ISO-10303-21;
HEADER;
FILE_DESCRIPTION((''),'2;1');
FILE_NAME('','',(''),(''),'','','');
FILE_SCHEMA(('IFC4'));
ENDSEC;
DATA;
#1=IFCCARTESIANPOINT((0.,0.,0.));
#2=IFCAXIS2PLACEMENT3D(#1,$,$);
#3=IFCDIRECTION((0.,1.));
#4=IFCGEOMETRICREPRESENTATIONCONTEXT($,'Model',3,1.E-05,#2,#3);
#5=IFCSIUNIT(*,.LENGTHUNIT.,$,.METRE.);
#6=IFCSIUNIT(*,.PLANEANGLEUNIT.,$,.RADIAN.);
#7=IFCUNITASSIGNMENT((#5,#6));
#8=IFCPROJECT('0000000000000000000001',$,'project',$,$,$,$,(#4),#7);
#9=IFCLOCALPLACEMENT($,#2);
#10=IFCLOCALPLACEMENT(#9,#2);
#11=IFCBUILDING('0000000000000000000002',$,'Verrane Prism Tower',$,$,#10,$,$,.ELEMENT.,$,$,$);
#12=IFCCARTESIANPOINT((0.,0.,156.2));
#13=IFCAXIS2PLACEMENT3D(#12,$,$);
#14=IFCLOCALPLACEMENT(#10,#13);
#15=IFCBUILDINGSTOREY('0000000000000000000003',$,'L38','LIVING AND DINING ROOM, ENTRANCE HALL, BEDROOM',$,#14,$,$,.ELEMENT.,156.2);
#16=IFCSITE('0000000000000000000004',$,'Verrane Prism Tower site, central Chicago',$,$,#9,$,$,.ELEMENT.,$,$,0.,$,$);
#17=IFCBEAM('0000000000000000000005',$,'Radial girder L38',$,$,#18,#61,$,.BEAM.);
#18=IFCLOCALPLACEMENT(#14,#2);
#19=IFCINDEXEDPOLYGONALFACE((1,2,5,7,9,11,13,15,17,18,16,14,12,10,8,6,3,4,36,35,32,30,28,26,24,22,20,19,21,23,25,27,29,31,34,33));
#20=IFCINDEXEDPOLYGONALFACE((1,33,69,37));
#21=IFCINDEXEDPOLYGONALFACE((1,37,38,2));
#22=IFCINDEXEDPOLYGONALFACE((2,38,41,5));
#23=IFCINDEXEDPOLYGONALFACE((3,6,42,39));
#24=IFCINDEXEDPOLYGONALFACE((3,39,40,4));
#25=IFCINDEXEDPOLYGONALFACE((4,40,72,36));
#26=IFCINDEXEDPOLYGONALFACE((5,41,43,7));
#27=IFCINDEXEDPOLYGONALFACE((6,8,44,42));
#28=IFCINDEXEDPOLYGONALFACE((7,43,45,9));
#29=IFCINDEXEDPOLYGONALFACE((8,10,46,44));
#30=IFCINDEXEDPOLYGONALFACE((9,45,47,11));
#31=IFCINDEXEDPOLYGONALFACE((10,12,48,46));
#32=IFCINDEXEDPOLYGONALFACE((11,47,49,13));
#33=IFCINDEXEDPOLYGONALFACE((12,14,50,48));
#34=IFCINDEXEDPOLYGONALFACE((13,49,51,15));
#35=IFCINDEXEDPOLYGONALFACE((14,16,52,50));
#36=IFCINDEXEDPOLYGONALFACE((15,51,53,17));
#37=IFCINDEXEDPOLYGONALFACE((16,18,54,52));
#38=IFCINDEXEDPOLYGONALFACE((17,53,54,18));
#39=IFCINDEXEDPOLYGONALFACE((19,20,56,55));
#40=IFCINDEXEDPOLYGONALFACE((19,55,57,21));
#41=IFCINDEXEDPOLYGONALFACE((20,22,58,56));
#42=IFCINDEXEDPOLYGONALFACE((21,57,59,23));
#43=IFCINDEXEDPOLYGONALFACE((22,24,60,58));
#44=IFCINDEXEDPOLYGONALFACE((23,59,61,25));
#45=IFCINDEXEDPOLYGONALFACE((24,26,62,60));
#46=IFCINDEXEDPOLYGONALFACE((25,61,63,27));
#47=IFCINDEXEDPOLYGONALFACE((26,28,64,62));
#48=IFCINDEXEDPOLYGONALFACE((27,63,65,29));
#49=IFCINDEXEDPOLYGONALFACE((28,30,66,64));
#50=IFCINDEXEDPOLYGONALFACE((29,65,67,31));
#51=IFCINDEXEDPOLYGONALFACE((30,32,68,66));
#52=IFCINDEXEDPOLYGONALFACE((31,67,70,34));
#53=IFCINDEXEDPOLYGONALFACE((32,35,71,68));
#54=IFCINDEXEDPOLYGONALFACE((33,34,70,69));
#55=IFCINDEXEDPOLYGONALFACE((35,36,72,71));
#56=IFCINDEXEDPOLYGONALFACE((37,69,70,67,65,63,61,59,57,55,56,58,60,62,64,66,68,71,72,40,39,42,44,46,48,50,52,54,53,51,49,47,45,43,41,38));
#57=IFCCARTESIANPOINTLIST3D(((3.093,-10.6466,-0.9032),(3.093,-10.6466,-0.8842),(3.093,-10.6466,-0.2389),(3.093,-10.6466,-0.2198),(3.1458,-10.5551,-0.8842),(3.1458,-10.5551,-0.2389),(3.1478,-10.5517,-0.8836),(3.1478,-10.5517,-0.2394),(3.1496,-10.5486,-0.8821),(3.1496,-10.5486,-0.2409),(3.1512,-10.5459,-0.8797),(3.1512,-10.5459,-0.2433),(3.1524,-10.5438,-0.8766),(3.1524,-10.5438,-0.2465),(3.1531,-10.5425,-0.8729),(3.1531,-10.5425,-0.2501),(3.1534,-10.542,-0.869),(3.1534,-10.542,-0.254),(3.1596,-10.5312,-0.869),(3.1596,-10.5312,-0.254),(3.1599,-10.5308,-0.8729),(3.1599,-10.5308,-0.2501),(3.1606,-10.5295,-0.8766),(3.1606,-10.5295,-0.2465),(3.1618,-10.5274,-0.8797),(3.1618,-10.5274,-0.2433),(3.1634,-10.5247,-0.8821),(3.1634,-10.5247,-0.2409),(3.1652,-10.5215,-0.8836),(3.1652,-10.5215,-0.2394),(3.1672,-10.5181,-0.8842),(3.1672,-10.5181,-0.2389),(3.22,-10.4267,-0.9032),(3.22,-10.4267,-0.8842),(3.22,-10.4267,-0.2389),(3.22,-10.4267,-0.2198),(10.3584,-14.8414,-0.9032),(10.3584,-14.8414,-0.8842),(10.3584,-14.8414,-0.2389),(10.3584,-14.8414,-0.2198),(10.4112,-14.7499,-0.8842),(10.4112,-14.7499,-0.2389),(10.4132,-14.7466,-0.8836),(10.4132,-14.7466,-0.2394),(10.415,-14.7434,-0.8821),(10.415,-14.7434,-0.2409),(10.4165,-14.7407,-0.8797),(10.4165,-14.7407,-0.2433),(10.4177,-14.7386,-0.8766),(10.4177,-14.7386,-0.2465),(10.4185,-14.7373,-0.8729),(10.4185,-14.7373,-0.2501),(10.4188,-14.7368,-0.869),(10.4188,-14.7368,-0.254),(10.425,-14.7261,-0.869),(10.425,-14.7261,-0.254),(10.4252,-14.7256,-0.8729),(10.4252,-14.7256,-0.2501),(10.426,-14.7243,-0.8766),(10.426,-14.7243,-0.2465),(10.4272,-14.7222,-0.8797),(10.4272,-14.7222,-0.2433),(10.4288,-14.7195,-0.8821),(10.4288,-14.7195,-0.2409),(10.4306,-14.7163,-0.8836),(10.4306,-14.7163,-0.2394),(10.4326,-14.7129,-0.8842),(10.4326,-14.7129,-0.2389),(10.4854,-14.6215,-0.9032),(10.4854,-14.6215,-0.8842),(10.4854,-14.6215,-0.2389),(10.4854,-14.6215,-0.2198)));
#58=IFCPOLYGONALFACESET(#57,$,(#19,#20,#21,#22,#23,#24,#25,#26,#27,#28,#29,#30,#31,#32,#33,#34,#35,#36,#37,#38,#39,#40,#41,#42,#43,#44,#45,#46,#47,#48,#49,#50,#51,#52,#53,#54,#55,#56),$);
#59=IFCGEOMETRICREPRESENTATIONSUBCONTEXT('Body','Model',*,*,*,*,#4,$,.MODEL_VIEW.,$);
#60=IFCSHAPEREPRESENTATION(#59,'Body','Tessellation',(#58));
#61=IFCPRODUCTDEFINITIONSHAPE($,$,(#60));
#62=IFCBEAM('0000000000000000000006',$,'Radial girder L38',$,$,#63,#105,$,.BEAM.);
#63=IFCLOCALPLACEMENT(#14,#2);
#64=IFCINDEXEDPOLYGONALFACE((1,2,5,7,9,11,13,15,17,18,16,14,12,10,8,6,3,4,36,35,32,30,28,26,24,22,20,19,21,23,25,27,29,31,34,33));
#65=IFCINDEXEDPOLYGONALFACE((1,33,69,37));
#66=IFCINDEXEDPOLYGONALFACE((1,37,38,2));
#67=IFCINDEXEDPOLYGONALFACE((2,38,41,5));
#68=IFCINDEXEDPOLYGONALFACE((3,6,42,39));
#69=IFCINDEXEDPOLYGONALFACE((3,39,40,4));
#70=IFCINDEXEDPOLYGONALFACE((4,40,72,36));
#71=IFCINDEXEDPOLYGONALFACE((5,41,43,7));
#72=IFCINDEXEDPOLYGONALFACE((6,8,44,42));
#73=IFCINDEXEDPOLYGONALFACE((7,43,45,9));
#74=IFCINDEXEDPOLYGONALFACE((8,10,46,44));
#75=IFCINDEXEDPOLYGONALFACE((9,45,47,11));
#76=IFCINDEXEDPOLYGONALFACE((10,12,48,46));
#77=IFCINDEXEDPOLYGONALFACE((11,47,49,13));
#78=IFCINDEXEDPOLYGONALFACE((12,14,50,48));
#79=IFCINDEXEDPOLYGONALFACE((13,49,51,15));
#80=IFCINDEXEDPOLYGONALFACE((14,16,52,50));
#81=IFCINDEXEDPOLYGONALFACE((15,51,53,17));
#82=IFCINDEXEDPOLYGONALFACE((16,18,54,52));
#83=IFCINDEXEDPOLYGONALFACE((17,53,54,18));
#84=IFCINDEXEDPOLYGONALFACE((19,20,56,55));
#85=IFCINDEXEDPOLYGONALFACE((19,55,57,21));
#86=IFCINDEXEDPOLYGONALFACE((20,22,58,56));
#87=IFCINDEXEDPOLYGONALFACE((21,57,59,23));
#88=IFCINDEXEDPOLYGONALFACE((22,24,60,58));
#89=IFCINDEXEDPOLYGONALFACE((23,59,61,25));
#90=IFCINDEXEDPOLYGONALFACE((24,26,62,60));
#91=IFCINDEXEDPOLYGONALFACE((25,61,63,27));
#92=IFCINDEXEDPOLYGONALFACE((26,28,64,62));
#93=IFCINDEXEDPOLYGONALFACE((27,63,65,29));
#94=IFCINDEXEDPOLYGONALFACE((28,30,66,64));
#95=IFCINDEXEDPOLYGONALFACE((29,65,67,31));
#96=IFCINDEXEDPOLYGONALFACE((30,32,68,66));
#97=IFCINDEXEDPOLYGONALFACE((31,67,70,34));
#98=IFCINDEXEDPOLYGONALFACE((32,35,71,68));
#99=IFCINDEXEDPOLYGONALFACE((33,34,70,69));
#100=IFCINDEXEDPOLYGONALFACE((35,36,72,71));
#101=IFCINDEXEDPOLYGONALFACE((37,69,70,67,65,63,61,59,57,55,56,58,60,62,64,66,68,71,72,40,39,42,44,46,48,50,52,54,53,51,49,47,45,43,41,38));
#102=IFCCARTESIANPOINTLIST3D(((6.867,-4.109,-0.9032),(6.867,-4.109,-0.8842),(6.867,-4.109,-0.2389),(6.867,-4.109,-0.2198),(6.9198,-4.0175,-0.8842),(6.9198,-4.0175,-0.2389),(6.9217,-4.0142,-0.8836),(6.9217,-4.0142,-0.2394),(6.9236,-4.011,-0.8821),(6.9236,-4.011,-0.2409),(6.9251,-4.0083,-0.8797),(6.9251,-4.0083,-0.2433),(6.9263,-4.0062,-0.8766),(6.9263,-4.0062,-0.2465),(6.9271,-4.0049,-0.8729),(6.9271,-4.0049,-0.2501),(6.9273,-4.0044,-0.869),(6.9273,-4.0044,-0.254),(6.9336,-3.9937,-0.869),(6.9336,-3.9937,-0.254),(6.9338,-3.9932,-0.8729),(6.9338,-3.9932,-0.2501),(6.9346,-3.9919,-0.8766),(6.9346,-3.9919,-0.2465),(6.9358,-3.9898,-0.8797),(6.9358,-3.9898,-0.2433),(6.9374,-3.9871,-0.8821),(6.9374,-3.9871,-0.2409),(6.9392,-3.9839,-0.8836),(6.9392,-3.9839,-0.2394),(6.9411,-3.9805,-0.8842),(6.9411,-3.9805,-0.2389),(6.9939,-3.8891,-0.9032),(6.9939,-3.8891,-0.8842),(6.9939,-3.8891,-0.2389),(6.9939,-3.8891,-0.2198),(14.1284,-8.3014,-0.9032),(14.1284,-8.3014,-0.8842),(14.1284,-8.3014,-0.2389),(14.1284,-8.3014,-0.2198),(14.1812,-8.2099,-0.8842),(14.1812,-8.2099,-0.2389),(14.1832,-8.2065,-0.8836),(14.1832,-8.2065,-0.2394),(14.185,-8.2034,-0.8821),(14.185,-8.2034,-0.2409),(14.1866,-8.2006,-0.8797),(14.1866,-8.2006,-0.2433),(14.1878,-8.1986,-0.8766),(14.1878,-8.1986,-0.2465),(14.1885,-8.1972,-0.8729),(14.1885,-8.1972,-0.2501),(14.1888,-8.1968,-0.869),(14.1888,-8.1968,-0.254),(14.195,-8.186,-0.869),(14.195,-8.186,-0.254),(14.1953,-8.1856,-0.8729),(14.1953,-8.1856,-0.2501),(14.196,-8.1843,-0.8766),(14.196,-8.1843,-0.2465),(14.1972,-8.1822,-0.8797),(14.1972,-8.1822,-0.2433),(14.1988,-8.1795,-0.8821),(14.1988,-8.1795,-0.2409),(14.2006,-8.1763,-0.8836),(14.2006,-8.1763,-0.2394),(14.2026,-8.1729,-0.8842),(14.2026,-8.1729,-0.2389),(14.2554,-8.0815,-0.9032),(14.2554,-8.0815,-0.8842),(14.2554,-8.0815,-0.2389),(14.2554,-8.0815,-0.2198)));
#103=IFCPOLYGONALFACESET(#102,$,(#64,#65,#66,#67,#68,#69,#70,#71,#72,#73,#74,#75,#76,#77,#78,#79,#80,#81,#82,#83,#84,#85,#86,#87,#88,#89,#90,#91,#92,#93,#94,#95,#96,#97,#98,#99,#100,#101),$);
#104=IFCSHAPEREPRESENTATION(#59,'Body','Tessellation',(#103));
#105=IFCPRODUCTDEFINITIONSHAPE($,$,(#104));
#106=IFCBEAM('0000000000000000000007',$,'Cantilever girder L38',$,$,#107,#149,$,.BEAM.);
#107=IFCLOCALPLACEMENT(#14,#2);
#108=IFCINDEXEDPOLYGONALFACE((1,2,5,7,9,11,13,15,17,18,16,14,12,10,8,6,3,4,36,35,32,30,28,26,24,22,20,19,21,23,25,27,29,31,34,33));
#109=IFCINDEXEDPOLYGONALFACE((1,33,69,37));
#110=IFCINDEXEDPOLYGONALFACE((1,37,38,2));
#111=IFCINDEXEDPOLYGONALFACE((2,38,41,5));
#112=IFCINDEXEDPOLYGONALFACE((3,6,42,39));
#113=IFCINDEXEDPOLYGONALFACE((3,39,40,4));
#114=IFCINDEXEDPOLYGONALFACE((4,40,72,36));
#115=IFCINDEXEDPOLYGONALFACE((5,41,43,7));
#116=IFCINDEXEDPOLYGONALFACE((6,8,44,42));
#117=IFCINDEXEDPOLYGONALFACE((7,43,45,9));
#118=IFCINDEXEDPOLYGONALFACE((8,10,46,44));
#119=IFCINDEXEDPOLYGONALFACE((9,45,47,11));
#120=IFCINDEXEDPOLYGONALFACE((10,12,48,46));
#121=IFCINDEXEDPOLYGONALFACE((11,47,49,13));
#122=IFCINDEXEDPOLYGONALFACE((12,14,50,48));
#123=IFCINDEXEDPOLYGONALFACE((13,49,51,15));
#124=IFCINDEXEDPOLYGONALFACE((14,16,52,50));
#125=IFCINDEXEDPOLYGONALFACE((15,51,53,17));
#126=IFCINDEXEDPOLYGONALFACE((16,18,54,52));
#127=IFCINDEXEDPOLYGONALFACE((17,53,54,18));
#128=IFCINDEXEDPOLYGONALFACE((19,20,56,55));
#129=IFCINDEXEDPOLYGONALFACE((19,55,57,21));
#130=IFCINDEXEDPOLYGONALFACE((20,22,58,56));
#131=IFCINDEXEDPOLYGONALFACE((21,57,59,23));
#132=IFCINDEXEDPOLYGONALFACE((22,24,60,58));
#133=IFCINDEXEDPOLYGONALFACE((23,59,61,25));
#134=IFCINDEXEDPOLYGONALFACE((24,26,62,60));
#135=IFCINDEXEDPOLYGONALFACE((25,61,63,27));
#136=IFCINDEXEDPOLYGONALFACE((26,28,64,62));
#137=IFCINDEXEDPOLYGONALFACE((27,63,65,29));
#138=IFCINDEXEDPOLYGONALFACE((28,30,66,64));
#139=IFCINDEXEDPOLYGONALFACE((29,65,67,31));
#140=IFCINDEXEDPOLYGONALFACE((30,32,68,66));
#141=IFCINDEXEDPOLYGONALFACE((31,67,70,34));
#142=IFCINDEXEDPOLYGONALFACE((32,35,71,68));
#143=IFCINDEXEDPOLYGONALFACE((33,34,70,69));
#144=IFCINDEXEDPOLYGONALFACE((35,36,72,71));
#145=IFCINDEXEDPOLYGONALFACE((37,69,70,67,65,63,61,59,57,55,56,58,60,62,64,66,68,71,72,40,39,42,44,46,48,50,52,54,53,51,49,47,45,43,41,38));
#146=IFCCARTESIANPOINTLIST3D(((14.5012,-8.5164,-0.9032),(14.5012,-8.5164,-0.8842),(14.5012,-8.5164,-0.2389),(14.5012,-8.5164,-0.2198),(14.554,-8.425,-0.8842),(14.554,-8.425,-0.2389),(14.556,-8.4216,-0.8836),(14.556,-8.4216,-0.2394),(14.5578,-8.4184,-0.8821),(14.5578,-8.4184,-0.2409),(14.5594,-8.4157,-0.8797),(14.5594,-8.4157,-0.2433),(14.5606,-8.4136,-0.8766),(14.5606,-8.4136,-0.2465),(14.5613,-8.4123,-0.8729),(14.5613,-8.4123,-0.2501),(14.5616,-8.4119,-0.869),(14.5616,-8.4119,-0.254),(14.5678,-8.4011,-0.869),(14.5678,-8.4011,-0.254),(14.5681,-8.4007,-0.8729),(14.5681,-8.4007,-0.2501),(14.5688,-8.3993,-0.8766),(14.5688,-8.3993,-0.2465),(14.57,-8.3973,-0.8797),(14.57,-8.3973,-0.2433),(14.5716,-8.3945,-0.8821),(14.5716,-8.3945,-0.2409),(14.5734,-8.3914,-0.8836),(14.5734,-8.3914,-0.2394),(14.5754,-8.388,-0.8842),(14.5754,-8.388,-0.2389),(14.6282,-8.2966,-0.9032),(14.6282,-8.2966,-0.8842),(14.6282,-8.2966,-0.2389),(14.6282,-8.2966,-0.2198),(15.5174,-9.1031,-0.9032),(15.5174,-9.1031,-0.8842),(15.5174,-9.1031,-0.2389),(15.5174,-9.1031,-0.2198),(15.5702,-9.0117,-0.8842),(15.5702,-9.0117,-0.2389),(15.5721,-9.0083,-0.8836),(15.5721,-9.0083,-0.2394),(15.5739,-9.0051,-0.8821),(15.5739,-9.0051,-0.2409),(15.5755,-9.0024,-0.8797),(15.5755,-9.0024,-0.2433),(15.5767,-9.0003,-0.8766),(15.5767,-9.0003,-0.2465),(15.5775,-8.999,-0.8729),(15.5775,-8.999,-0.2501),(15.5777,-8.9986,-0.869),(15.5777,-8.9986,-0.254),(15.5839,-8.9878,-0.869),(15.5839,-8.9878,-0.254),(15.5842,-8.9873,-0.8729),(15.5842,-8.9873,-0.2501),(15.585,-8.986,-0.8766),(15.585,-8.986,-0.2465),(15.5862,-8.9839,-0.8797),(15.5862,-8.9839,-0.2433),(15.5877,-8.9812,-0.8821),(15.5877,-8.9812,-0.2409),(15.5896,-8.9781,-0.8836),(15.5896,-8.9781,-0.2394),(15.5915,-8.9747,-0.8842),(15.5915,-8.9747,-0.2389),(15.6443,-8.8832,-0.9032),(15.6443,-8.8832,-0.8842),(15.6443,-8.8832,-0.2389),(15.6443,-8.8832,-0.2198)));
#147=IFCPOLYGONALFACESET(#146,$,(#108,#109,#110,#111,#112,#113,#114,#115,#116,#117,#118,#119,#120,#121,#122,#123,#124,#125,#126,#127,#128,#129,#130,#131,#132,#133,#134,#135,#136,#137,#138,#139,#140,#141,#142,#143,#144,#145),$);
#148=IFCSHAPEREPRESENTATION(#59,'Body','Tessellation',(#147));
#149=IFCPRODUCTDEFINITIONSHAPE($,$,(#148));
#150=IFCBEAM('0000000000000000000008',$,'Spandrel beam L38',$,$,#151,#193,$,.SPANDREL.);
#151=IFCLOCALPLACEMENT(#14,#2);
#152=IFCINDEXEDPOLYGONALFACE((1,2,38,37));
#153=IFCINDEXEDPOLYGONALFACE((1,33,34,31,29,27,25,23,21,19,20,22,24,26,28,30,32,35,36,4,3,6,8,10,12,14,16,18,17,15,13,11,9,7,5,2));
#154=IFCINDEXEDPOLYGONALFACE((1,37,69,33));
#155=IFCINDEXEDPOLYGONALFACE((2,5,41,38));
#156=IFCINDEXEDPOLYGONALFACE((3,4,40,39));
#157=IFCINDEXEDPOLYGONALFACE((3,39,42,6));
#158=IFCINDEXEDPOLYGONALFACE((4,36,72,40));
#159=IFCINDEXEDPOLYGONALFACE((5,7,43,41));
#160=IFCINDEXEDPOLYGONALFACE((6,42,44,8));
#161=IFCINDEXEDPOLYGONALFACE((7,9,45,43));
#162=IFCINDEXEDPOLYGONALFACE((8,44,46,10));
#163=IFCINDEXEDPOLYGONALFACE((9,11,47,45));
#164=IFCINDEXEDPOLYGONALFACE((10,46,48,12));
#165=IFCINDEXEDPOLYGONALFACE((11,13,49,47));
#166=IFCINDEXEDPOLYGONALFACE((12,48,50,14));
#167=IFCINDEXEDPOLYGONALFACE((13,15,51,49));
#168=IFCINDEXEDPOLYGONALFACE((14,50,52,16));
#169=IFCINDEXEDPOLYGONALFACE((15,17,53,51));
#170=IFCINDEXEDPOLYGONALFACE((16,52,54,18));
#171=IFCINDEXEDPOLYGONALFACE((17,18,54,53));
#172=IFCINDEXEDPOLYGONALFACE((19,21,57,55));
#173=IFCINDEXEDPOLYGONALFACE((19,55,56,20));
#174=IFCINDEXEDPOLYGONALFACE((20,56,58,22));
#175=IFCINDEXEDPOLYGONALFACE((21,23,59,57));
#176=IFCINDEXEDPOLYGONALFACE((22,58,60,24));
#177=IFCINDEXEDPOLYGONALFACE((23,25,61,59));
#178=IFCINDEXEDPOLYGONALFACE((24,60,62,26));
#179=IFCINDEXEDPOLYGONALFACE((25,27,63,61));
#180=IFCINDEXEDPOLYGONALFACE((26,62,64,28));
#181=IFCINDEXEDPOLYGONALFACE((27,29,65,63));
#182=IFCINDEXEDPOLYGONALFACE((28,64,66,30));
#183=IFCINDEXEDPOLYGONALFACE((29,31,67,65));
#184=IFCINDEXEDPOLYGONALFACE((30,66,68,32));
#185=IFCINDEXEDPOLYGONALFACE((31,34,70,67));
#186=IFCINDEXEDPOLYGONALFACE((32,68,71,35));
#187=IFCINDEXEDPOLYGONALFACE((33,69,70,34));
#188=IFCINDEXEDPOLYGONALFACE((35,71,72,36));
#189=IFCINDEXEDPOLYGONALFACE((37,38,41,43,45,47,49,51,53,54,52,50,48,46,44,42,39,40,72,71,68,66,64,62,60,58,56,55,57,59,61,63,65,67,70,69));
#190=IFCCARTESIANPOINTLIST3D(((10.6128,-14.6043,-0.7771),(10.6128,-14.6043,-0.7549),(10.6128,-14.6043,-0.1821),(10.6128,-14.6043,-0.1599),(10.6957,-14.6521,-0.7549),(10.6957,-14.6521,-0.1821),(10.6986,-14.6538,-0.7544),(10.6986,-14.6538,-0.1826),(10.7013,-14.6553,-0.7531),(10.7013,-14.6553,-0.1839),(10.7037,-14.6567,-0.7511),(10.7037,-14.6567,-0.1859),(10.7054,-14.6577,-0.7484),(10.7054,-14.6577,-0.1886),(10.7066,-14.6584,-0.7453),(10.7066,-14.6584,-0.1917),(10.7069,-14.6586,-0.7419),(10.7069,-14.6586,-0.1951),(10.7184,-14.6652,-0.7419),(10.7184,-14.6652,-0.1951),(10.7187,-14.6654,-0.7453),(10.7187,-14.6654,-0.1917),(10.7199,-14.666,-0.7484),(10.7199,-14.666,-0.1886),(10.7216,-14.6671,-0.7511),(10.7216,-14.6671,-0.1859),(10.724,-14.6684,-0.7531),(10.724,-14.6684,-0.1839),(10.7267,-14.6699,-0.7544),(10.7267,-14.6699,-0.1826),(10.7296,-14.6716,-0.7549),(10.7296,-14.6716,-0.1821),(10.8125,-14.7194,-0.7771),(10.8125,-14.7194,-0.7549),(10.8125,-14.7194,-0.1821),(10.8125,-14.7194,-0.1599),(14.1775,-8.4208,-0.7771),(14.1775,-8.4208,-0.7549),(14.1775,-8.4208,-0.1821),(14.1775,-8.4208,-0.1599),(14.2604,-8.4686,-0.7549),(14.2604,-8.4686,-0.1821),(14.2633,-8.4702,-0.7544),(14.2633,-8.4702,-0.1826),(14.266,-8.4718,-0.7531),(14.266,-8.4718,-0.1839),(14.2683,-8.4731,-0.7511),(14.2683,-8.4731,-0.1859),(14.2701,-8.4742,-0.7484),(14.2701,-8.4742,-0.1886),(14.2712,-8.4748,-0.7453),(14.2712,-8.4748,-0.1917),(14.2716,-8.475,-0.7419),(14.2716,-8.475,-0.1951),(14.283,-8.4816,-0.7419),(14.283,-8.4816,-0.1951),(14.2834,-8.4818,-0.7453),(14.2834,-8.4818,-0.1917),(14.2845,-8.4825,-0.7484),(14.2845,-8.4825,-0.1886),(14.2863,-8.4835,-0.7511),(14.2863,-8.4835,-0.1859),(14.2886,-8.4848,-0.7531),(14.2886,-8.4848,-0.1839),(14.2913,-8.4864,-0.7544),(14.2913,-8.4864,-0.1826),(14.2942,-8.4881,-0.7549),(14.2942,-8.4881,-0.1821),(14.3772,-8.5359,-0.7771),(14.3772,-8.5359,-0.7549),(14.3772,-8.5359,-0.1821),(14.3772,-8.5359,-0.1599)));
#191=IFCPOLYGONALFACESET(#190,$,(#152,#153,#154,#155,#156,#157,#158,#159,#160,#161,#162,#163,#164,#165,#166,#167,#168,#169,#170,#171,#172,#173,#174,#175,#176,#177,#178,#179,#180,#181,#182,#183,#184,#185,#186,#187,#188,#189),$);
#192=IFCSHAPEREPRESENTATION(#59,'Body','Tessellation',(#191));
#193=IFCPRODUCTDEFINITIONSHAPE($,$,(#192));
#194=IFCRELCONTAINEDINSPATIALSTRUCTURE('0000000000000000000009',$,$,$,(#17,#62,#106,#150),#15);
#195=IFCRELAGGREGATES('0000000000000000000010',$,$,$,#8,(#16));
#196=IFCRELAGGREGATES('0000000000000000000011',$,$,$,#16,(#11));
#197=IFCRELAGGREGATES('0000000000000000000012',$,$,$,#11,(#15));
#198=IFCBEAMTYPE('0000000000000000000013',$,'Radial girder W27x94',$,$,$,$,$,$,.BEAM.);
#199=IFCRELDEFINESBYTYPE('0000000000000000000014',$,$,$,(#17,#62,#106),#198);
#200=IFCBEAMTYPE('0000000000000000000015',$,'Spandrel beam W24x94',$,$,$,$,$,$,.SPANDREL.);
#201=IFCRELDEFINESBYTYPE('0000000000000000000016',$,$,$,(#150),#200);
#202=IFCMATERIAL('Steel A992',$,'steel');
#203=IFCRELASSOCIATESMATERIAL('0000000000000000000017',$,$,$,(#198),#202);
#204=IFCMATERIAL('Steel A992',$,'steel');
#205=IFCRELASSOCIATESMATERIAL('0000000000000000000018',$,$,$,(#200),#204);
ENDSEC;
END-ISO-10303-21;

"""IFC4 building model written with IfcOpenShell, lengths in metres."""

from ifc_helpers import new_model, si_unit, direction, frame, origin, origin_2d, place, context, subcontext, project, spatial, i_section, extrude, material, material_profile, profile_set, type_object, element, save


model = new_model("IFC4")

# Units and contexts
model_context = context("Model", 3, precision=1e-05, world=origin(), true_north=direction((0.0, 1.0)))
body_context = subcontext(model_context, "Body", "Model", "MODEL_VIEW")
ifc_project = project(units=[si_unit("LENGTHUNIT", "METRE"), si_unit("PLANEANGLEUNIT", "RADIAN")], contexts=[model_context])

# Site, building, storey
site_placement = place(None, origin())
site = spatial("IfcSite", under=ifc_project, at=site_placement, Name="Verrane Prism Tower site, central Chicago", CompositionType="ELEMENT", RefElevation=0.0)
building_placement = place(site_placement, origin())
building = spatial("IfcBuilding", under=site, at=building_placement, Name="Verrane Prism Tower", CompositionType="ELEMENT")
storey_placement = place(building_placement, frame((0.0, 0.0, 156.2)))
storey = spatial("IfcBuildingStorey", under=building, at=storey_placement, Name="L38", Description="LIVING AND DINING ROOM, ENTRANCE HALL, BEDROOM", CompositionType="ELEMENT", Elevation=156.2)

# Beams
ifc_material_1 = material(Name="Steel A992", Category="steel")
ifc_material_profile_1 = material_profile(ifc_material_1, i_section(OverallWidth=0.2539, OverallDepth=0.6833, WebThickness=0.0125, FlangeThickness=0.019, FilletRadius=0.0151, at=origin_2d()), Name="W27x94")
ifc_profile_set_1 = profile_set([ifc_material_profile_1], Name="Steel A992")
beam_type_1 = type_object("IfcBeamType", Name="Radial girder W27x94", PredefinedType="BEAM", material=ifc_profile_set_1)
beam_1_placement = place(storey_placement, frame((10.4219, -14.7314, -0.5615), z_axis=(-0.866017, 0.500014, 0.0), x_axis=(-0.500014, -0.866017, 0.0)))
element("IfcBeam", 1, at=beam_1_placement, inside=storey, type_object=beam_type_1, Name="Radial girder L38", PredefinedType="BEAM", context=body_context, shape_type="SweptSolid", body=[
    extrude(i_section(OverallWidth=0.2539, OverallDepth=0.6833, WebThickness=0.0125, FlangeThickness=0.019, FilletRadius=0.0151, at=origin_2d()), origin(), (0.0, 0.0, 1.0), 8.3894),
])
beam_2_placement = place(storey_placement, frame((14.1919, -8.1914, -0.5615), z_axis=(-0.866027, 0.499997, 0.0), x_axis=(-0.499997, -0.866027, 0.0)))
element("IfcBeam", 2, at=beam_2_placement, inside=storey, type_object=beam_type_1, Name="Radial girder L38", PredefinedType="BEAM", context=body_context, shape_type="SweptSolid", body=[
    extrude(i_section(OverallWidth=0.2539, OverallDepth=0.6833, WebThickness=0.0125, FlangeThickness=0.019, FilletRadius=0.0151, at=origin_2d()), origin(), (0.0, 0.0, 1.0), 8.3848),
])
beam_3_placement = place(storey_placement, frame((14.5647, -8.4065, -0.5615), z_axis=(0.866019, -0.500011, 0.0), x_axis=(0.500011, 0.866019, 0.0)))
element("IfcBeam", 3, at=beam_3_placement, inside=storey, type_object=beam_type_1, Name="Cantilever girder L38", PredefinedType="BEAM", context=body_context, shape_type="SweptSolid", body=[
    extrude(i_section(OverallWidth=0.2539, OverallDepth=0.6833, WebThickness=0.0125, FlangeThickness=0.019, FilletRadius=0.0151, at=origin_2d()), origin(), (0.0, 0.0, 1.0), 1.1733),
])
ifc_material_2 = material(Name="Steel A992", Category="steel")
ifc_material_profile_2 = material_profile(ifc_material_2, i_section(OverallWidth=0.2305, OverallDepth=0.6172, WebThickness=0.0132, FlangeThickness=0.0222, FilletRadius=0.0129, at=origin_2d()), Name="W24x94")
ifc_profile_set_2 = profile_set([ifc_material_profile_2], Name="Steel A992")
beam_type_2 = type_object("IfcBeamType", Name="Spandrel beam W24x94", PredefinedType="SPANDREL", material=ifc_profile_set_2)
beam_4_placement = place(storey_placement, frame((10.7126, -14.6619, -0.4685), z_axis=(0.499432, 0.866353, 0.0), x_axis=(-0.866353, 0.499432, 0.0)))
element("IfcBeam", 4, at=beam_4_placement, inside=storey, type_object=beam_type_2, Name="Spandrel beam L38", PredefinedType="SPANDREL", context=body_context, shape_type="SweptSolid", body=[
    extrude(i_section(OverallWidth=0.2305, OverallDepth=0.6172, WebThickness=0.0132, FlangeThickness=0.0222, FilletRadius=0.0129, at=origin_2d()), origin(), (0.0, 0.0, 1.0), 7.1375),
])

save(model, "model.ifc")
